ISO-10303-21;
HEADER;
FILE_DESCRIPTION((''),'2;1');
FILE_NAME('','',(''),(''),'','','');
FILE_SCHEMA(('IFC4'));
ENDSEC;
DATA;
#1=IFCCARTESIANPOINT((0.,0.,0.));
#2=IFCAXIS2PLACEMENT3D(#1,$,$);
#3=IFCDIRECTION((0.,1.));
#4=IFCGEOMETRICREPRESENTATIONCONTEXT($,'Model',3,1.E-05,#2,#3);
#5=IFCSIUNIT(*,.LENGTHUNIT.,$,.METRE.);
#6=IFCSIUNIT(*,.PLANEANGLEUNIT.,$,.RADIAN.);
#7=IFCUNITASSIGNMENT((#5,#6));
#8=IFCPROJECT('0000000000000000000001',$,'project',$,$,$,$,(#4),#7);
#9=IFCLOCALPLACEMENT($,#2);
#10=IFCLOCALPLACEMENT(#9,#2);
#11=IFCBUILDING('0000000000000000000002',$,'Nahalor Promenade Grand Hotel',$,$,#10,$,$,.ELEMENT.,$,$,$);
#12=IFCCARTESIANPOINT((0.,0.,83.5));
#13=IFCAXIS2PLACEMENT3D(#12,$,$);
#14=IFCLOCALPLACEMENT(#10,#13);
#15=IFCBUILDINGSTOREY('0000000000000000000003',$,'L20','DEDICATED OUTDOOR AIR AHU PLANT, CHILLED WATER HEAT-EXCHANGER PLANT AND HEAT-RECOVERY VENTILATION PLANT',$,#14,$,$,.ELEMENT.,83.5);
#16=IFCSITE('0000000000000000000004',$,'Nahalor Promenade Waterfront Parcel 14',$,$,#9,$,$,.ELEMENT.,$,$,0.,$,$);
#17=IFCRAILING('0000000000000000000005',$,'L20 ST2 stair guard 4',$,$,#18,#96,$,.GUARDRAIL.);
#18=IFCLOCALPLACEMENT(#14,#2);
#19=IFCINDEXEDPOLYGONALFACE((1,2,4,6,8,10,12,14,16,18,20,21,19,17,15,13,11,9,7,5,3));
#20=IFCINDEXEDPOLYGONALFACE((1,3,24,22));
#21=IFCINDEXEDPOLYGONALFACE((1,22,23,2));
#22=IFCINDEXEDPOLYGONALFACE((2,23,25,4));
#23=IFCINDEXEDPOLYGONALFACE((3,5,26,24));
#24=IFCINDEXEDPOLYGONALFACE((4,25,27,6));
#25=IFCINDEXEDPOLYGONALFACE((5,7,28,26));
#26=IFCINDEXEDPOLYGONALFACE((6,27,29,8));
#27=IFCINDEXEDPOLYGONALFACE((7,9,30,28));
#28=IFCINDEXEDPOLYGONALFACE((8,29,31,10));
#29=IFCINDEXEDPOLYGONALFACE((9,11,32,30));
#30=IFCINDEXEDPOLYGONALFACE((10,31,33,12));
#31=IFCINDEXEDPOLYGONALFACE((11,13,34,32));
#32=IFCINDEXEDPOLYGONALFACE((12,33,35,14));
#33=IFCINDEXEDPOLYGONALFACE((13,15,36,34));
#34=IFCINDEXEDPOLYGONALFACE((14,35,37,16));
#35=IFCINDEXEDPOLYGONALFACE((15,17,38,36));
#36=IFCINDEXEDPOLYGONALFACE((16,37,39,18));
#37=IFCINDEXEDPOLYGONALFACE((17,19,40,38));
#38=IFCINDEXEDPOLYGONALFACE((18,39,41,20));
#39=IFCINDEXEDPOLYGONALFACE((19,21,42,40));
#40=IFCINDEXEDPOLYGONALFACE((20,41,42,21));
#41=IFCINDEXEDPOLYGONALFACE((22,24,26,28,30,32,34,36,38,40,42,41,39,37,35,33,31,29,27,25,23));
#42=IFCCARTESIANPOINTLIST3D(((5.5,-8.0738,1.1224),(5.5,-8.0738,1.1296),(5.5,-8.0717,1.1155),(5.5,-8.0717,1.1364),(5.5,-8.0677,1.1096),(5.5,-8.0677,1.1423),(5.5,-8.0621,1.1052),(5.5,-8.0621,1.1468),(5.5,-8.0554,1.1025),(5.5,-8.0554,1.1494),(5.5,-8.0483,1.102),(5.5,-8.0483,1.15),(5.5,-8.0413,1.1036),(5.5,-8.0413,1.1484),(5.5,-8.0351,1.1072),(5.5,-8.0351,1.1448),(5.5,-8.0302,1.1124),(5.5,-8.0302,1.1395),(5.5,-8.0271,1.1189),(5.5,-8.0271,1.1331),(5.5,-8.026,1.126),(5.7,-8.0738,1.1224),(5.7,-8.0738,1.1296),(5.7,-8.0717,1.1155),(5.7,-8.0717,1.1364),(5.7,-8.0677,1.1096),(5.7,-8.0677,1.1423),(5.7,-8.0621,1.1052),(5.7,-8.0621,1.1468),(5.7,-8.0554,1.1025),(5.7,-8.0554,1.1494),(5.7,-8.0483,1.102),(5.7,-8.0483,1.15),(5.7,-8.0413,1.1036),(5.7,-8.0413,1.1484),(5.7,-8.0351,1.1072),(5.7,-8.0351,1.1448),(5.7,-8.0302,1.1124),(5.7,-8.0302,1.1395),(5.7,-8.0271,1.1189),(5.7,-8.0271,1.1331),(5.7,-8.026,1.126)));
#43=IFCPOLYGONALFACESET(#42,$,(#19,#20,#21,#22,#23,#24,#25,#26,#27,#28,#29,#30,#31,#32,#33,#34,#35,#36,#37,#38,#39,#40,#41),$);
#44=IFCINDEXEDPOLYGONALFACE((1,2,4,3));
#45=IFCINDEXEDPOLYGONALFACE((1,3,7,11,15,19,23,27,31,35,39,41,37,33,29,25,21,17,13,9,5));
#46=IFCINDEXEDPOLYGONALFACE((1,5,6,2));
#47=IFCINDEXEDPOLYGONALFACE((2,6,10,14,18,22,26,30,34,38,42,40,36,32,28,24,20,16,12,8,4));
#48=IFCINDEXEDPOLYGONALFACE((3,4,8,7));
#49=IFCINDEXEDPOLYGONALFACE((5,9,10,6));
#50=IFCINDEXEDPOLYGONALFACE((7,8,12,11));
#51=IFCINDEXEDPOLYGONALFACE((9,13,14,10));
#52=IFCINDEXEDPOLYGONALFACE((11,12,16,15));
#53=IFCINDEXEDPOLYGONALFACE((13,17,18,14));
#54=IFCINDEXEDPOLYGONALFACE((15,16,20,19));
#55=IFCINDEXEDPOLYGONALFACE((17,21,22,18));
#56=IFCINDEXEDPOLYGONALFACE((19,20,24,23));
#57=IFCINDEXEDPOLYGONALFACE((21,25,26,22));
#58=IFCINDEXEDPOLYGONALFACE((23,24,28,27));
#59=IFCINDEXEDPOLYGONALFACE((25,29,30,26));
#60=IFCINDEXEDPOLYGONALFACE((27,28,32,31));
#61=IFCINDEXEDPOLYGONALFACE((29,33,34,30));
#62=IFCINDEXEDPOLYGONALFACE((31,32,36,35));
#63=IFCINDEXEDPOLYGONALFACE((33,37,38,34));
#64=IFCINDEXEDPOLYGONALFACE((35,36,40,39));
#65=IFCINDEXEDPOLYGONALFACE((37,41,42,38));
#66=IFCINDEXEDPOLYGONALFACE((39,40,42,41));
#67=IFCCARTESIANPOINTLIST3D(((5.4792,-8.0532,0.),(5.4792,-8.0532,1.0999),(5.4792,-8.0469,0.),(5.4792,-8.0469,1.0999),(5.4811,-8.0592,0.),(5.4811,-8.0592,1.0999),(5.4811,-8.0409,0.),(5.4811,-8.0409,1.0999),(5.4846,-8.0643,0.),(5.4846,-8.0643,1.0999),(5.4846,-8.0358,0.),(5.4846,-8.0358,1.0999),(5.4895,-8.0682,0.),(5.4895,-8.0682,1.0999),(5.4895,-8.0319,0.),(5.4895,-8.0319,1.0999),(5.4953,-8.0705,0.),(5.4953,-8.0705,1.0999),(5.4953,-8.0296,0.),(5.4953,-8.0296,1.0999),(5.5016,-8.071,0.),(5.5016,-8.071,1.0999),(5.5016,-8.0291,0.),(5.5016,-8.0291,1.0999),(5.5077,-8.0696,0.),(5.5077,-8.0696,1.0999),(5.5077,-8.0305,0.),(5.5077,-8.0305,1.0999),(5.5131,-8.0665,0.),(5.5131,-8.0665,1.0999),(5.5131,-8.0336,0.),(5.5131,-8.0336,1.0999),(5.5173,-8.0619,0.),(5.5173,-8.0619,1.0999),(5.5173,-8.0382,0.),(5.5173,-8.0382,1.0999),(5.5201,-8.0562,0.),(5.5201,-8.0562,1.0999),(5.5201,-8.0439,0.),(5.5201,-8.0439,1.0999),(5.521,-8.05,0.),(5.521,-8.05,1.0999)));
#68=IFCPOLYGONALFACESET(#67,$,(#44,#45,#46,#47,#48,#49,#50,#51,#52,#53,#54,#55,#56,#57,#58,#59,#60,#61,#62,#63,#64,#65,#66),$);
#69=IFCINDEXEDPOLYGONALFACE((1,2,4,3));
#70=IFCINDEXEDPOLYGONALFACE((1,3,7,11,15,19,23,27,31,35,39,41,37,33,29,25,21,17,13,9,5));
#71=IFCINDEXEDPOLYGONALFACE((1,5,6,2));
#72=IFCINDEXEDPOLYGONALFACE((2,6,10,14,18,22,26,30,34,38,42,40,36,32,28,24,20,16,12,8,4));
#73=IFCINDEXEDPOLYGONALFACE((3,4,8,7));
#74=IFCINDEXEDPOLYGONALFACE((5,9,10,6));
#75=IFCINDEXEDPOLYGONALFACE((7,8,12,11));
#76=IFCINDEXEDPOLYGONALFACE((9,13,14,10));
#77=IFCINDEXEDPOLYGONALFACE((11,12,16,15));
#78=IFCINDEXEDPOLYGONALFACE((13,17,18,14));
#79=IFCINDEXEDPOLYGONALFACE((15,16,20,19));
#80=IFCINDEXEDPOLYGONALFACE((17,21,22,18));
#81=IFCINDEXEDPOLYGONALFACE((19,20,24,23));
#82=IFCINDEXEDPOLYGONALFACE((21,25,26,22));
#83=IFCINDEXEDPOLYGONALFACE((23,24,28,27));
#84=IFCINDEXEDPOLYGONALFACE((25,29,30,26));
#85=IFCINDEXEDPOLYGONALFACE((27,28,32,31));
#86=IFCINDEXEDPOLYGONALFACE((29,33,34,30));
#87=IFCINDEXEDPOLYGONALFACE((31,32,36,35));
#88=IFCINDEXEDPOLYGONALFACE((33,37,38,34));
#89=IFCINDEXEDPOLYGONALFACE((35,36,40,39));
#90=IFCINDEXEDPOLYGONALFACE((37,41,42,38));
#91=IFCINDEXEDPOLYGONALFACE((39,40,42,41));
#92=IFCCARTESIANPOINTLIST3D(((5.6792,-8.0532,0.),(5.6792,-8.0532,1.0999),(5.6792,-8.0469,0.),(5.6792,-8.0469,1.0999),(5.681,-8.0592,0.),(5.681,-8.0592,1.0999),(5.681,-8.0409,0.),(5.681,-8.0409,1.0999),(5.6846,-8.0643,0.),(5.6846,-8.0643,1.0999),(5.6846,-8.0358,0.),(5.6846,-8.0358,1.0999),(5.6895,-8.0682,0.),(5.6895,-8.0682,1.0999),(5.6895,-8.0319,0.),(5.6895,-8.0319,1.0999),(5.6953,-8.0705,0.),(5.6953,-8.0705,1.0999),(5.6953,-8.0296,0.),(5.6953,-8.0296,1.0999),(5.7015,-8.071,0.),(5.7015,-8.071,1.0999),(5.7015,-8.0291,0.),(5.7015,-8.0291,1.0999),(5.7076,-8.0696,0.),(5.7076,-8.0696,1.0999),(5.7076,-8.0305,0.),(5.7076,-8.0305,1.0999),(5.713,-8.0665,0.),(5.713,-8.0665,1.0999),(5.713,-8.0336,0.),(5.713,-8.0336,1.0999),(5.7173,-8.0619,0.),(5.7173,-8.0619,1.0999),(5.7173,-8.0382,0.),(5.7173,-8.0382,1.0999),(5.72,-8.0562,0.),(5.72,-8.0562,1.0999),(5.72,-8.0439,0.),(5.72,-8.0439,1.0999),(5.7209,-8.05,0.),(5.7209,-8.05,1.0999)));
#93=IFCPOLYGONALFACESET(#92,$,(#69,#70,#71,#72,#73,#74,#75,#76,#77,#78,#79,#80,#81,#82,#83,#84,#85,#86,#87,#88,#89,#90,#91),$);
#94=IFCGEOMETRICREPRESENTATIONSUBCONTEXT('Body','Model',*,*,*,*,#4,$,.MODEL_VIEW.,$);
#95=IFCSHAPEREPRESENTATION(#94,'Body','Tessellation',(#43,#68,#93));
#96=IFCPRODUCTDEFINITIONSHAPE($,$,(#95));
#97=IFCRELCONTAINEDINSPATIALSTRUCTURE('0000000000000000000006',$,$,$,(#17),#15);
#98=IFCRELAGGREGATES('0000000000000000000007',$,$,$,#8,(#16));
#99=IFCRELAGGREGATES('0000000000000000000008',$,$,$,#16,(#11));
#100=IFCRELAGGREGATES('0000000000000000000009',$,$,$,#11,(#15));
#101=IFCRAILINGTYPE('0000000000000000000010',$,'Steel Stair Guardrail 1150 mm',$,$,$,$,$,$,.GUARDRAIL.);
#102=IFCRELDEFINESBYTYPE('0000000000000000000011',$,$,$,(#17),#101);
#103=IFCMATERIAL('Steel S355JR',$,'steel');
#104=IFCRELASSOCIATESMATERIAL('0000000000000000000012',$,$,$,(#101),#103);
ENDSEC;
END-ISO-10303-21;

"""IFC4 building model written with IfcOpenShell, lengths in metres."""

from ifc_helpers import new_model, si_unit, direction, frame, origin, origin_2d, place, context, subcontext, project, spatial, circle, extrude, material, type_object, element, save


model = new_model("IFC4")

# Units and contexts
model_context = context("Model", 3, precision=1e-05, world=origin(), true_north=direction((0.0, 1.0)))
body_context = subcontext(model_context, "Body", "Model", "MODEL_VIEW")
ifc_project = project(units=[si_unit("LENGTHUNIT", "METRE"), si_unit("PLANEANGLEUNIT", "RADIAN")], contexts=[model_context])

# Site, building, storey
site_placement = place(None, origin())
site = spatial("IfcSite", under=ifc_project, at=site_placement, Name="Nahalor Promenade Waterfront Parcel 14", CompositionType="ELEMENT", RefElevation=0.0)
building_placement = place(site_placement, origin())
building = spatial("IfcBuilding", under=site, at=building_placement, Name="Nahalor Promenade Grand Hotel", CompositionType="ELEMENT")
storey_placement = place(building_placement, frame((0.0, 0.0, 83.5)))
storey = spatial("IfcBuildingStorey", under=building, at=storey_placement, Name="L20", Description="DEDICATED OUTDOOR AIR AHU PLANT, CHILLED WATER HEAT-EXCHANGER PLANT AND HEAT-RECOVERY VENTILATION PLANT", CompositionType="ELEMENT", Elevation=83.5)

# Shared definitions
ifc_material_1 = material(Name="Steel S355JR", Category="steel")

# Railing
railing_type_1 = type_object("IfcRailingType", Name="Steel Stair Guardrail 1150 mm", PredefinedType="GUARDRAIL", material=ifc_material_1)
railing_1_placement = place(storey_placement, frame((5.5, -8.05, 0.0)))
element("IfcRailing", 1, at=railing_1_placement, inside=storey, type_object=railing_type_1, Name="L20 ST2 stair guard 4", PredefinedType="GUARDRAIL", context=body_context, shape_type="SweptSolid", body=[
    extrude(circle(Radius=0.024, at=origin_2d()), frame((0.0, 0.0, 1.126), z_axis=(1.0, 0.0, 0.0), x_axis=(0.0, 1.0, 0.0)), (0.0, 0.0, 1.0), 0.2),
    extrude(circle(Radius=0.021, at=origin_2d()), origin(), (0.0, 0.0, 1.0), 1.0999),
    extrude(circle(Radius=0.021, at=origin_2d()), frame((0.2, 0.0, 0.0)), (0.0, 0.0, 1.0), 1.0999),
])

save(model, "model.ifc")
